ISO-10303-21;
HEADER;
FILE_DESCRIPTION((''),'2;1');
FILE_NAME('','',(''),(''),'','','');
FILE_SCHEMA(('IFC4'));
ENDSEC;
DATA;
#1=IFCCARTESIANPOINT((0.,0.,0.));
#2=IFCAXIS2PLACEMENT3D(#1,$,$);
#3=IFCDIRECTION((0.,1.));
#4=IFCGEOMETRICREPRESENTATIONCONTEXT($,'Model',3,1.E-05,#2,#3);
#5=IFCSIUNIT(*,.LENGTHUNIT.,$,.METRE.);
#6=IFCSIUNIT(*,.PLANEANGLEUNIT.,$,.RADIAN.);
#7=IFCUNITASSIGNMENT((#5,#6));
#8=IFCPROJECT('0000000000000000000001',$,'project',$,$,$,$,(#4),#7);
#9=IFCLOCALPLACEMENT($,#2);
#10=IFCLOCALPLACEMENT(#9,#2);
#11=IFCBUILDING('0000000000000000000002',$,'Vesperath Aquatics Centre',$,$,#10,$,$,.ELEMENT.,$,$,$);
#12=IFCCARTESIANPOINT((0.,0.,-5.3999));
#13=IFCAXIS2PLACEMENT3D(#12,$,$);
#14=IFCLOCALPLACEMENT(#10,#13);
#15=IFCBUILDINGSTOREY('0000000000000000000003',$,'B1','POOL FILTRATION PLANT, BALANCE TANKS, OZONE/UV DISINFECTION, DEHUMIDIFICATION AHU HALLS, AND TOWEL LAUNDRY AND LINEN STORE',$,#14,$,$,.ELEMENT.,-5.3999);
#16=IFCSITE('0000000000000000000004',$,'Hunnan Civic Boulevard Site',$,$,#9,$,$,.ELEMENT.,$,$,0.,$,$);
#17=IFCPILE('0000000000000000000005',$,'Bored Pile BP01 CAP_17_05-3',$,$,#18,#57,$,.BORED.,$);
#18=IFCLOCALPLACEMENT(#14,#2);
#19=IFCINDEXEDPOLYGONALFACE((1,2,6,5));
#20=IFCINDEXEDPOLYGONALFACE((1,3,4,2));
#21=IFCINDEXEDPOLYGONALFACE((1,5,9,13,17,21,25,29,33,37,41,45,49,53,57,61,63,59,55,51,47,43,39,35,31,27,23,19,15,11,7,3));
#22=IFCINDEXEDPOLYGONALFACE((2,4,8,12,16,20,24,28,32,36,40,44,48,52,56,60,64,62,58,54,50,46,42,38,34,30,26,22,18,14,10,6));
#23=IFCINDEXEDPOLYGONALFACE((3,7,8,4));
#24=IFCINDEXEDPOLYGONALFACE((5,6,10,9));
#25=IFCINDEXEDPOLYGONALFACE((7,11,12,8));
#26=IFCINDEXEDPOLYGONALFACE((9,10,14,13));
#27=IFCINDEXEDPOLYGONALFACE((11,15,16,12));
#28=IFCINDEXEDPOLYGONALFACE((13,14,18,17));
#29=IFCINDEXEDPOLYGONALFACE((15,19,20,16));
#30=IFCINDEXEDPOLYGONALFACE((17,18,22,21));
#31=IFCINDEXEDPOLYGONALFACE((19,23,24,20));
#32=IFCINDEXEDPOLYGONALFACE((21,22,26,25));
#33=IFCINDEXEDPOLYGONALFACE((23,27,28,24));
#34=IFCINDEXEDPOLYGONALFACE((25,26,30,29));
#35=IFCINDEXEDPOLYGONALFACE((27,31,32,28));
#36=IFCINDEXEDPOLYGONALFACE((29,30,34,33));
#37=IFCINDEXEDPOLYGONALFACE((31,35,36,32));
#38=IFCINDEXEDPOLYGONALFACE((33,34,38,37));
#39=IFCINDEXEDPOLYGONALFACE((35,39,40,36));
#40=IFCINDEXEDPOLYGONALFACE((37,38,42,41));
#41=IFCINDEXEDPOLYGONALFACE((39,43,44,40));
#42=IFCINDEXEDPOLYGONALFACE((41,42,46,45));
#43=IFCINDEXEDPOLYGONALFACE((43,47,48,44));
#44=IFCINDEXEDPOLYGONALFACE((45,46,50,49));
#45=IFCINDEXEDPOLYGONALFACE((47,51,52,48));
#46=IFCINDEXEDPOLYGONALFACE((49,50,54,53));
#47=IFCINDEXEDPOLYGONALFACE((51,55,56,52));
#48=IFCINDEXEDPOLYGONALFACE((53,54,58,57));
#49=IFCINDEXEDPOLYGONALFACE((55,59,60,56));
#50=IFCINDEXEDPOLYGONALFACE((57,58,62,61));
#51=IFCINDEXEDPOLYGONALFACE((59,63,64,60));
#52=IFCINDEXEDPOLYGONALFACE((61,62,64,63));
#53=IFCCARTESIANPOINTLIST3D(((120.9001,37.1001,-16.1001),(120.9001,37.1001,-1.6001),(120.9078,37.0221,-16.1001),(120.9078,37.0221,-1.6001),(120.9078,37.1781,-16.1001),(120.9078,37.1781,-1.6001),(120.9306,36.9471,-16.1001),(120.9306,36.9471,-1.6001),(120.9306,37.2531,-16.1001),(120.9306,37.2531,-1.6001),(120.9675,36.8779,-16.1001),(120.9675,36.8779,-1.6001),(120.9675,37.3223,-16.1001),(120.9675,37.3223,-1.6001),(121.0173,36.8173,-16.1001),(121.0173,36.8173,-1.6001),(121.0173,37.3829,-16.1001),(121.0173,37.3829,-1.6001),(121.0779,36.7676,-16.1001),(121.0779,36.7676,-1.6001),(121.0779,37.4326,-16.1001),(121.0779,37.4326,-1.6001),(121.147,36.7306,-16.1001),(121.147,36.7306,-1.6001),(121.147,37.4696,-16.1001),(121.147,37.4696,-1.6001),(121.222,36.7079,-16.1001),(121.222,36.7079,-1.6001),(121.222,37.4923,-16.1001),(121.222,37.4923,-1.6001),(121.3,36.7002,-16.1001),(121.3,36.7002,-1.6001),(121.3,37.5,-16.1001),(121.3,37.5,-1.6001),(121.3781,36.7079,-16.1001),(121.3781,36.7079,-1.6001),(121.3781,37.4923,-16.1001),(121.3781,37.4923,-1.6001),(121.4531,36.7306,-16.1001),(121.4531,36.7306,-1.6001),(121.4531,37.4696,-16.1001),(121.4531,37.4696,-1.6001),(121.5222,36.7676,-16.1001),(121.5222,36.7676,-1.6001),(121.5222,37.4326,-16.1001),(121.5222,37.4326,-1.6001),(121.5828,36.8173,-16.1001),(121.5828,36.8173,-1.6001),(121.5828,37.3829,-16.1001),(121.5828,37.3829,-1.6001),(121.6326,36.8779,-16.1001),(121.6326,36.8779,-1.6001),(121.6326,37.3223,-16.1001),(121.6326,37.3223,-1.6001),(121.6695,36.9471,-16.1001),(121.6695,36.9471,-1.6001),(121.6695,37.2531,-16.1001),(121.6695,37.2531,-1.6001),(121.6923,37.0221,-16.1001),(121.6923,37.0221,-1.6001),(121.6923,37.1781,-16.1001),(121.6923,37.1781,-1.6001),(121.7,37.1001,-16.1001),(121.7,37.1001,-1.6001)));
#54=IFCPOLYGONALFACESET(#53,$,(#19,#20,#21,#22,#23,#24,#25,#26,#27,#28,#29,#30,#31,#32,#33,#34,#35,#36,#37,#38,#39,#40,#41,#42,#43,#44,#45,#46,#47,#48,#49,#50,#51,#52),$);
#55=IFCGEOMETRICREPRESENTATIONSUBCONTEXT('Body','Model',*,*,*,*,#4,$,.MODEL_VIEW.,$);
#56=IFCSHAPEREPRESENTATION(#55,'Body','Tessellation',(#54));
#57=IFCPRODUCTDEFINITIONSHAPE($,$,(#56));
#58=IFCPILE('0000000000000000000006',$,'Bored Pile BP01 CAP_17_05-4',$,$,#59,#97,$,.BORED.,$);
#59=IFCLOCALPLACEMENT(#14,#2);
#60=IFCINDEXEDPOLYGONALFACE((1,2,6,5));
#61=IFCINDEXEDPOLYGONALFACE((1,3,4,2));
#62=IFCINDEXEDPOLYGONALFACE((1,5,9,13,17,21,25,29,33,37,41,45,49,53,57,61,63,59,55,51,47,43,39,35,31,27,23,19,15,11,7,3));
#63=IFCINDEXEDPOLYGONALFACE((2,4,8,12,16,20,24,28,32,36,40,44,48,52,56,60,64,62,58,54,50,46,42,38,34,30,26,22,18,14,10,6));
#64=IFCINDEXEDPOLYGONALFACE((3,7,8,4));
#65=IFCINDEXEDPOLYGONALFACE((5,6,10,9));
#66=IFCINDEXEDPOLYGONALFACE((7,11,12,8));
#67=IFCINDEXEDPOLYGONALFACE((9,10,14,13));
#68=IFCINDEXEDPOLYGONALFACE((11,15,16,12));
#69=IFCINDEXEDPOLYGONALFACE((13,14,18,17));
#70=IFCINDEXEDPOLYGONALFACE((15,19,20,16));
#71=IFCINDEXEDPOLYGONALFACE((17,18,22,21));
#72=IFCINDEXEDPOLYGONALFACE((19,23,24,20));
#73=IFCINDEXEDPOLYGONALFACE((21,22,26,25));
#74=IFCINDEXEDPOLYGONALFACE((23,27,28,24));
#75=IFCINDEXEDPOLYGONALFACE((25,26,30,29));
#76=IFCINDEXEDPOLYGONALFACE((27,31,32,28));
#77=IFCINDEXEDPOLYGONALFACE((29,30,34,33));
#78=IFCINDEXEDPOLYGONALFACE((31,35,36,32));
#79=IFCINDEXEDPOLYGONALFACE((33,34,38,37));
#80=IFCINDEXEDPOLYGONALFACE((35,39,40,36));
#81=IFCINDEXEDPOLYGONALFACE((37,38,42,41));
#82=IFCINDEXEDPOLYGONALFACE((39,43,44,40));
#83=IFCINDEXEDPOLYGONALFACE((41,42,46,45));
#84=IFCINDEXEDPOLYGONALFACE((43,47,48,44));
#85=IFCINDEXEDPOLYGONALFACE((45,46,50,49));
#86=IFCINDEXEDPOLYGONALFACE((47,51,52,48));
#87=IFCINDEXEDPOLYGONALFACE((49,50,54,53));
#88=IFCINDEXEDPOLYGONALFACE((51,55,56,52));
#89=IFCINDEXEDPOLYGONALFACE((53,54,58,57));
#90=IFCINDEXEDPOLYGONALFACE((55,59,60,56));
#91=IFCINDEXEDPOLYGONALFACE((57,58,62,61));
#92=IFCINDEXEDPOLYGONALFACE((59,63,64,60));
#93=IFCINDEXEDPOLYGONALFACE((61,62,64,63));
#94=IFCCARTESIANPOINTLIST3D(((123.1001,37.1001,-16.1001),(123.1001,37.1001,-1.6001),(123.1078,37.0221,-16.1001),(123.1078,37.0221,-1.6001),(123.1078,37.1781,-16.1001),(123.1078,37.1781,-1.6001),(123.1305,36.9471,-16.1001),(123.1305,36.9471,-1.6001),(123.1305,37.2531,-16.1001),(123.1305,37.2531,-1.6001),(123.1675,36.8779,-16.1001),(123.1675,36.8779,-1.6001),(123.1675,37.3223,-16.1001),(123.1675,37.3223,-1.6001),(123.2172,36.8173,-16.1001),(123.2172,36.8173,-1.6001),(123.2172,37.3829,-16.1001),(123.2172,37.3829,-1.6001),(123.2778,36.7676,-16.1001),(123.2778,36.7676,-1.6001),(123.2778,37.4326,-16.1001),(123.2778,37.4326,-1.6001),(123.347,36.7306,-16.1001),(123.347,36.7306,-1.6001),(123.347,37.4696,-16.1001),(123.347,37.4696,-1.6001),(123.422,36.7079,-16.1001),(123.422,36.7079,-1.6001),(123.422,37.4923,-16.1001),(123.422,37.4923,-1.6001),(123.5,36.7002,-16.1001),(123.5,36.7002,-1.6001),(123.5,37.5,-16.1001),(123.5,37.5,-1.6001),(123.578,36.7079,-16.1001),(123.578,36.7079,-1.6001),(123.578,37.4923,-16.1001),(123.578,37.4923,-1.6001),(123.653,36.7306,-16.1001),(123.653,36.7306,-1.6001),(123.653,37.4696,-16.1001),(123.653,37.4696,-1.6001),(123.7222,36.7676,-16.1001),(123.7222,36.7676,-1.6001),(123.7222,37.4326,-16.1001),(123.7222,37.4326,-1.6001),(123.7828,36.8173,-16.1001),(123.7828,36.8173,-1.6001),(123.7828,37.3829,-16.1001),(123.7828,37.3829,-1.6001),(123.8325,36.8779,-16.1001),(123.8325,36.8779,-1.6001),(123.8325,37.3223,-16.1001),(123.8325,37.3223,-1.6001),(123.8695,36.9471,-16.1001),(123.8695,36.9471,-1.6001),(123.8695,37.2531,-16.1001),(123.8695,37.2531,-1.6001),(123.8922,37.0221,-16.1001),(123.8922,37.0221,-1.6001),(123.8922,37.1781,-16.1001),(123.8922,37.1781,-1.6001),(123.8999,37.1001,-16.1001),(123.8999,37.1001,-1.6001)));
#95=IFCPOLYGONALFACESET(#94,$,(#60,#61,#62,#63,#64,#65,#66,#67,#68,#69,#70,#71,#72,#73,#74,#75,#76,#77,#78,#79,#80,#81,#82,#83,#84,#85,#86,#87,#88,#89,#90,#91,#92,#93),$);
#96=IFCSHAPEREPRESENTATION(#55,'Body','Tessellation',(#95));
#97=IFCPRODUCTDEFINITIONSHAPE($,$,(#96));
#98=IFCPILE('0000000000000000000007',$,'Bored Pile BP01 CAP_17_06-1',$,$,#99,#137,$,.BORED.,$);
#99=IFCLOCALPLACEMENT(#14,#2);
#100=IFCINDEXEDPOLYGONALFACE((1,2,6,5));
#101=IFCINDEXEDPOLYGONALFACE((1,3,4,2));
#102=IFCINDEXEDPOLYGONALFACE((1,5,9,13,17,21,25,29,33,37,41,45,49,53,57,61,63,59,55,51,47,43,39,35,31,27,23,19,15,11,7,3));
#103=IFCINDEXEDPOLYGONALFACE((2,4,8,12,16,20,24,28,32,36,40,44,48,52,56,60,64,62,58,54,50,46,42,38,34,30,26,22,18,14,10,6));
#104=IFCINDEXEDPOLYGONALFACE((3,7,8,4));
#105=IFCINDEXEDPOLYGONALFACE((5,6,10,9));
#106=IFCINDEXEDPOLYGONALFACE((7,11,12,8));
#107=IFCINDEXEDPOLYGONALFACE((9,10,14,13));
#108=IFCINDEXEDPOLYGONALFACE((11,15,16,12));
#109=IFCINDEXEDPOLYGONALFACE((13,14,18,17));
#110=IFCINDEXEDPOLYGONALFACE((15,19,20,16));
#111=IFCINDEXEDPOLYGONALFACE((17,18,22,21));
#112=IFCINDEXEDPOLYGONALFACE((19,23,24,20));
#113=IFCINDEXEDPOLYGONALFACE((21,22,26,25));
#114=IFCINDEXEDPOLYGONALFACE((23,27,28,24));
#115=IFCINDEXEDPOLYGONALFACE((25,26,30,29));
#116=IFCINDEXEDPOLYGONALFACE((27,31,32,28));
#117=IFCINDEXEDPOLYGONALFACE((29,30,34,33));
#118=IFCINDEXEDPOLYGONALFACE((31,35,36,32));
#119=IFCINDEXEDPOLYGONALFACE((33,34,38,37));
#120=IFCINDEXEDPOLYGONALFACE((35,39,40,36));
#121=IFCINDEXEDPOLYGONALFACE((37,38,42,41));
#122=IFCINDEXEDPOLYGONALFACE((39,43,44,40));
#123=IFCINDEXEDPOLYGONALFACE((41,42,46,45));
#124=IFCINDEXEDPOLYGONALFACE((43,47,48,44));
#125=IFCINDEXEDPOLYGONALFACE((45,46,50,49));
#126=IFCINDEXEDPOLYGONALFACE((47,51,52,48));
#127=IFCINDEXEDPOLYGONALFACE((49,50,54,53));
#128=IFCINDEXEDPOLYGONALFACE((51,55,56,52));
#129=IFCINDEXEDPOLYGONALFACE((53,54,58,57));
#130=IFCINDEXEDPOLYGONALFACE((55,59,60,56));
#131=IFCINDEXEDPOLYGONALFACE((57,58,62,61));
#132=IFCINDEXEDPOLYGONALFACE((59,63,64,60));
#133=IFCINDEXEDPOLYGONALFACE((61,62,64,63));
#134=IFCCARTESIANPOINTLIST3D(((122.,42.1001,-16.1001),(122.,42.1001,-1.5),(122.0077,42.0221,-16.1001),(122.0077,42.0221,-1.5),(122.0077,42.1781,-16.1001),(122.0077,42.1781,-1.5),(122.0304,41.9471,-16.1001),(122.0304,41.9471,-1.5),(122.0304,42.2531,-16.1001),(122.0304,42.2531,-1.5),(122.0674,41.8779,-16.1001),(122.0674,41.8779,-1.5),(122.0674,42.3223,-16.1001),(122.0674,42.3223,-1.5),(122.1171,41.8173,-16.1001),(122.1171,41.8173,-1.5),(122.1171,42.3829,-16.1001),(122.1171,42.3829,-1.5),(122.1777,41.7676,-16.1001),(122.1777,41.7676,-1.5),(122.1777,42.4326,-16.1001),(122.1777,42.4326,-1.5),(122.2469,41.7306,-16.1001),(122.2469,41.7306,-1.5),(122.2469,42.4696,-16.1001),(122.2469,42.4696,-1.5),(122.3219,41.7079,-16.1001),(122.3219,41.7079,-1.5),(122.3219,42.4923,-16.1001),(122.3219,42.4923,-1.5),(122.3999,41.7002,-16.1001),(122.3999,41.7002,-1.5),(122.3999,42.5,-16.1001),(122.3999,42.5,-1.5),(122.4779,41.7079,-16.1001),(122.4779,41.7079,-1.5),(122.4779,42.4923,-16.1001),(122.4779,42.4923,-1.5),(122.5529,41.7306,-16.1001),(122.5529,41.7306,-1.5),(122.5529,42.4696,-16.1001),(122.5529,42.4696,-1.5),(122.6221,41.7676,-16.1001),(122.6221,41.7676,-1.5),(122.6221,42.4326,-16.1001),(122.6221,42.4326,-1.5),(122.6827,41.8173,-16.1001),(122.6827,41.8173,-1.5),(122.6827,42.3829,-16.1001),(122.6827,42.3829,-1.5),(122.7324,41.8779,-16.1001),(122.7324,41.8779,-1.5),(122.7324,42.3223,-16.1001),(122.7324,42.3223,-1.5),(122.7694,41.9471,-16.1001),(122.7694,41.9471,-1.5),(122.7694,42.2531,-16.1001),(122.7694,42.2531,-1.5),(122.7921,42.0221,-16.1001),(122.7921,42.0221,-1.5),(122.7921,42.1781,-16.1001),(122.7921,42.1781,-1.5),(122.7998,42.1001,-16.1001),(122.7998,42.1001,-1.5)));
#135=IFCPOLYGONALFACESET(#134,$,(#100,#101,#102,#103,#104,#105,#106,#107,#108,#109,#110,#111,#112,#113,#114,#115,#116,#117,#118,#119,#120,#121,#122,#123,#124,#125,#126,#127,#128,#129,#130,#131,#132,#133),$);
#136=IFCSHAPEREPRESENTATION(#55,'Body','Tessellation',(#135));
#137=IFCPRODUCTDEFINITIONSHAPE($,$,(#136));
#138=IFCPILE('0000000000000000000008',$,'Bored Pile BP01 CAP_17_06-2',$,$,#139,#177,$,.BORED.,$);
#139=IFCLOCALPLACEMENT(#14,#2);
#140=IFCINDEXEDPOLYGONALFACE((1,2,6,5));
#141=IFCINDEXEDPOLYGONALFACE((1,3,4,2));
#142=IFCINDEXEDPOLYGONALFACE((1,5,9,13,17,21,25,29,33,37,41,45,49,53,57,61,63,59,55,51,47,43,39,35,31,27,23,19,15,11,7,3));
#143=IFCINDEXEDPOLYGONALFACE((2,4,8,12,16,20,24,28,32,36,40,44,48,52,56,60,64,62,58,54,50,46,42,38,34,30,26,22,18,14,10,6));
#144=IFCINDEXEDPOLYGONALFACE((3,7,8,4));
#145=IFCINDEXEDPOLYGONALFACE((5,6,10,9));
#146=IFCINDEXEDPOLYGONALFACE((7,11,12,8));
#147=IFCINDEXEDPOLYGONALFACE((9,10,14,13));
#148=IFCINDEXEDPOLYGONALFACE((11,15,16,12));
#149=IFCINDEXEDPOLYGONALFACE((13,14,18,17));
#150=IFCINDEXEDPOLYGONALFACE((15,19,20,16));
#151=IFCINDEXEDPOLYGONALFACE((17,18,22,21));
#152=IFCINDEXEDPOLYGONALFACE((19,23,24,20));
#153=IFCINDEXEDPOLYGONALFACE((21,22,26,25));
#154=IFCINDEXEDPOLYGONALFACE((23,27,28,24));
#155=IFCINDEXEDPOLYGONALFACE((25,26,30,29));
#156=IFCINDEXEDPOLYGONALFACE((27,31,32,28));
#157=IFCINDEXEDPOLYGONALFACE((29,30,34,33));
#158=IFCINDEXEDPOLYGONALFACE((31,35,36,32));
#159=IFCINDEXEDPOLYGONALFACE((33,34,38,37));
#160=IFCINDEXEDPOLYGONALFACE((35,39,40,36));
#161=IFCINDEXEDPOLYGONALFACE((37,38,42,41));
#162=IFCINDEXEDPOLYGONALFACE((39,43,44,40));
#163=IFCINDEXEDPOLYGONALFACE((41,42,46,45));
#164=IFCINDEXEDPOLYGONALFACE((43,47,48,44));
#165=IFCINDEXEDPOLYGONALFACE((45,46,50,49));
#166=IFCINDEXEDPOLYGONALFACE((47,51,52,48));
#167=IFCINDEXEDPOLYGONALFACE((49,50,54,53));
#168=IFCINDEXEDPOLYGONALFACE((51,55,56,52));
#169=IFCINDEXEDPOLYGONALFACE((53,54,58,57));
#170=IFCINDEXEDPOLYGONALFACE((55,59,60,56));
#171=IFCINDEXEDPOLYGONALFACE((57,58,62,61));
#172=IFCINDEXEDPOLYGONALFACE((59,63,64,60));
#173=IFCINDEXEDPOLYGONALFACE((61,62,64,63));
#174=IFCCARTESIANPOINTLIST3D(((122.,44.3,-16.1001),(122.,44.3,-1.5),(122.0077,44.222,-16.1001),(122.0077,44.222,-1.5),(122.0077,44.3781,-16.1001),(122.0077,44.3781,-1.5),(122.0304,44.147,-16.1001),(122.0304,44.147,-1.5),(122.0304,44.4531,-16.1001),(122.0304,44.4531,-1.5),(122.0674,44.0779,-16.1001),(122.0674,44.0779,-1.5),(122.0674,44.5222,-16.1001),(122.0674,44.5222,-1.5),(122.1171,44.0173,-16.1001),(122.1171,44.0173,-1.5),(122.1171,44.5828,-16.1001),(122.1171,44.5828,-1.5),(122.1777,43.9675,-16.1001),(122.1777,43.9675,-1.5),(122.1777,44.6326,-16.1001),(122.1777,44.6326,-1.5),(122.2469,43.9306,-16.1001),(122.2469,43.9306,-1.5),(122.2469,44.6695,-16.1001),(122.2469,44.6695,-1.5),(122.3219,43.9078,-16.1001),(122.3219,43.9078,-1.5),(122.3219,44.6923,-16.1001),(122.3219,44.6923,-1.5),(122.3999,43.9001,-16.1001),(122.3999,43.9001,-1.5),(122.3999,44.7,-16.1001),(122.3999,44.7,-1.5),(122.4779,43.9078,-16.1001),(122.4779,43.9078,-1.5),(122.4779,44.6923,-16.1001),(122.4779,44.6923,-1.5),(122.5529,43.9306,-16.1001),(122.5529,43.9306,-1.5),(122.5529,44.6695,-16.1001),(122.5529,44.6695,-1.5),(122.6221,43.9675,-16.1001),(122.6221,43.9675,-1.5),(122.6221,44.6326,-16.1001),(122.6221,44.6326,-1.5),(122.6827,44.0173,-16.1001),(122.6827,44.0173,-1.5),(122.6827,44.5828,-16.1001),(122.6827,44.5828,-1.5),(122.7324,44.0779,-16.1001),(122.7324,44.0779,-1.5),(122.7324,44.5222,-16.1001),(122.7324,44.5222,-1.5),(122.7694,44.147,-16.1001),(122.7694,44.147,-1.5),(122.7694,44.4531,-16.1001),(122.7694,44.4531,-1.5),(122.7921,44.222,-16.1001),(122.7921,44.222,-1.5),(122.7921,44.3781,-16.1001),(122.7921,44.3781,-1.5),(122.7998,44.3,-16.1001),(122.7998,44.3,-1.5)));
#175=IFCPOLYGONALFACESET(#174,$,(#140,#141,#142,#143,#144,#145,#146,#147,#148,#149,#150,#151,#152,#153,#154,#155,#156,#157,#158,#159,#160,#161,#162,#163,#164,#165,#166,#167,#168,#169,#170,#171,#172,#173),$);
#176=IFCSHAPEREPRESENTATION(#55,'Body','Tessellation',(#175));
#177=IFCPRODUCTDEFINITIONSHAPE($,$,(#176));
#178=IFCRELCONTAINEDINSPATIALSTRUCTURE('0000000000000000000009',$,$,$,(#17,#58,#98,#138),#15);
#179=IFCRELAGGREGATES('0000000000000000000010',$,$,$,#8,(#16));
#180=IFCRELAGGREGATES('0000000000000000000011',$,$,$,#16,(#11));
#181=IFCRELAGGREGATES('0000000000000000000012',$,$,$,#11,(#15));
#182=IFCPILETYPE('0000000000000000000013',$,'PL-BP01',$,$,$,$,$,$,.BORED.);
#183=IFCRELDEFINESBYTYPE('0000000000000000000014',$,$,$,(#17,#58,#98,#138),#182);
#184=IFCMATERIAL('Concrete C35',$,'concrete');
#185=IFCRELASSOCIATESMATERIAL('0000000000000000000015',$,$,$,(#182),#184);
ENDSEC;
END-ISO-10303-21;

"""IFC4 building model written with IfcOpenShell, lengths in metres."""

from ifc_helpers import new_model, si_unit, direction, frame, origin, origin_2d, place, context, subcontext, project, spatial, circle, extrude, material, material_profile, profile_set, type_object, element, save


model = new_model("IFC4")

# Units and contexts
model_context = context("Model", 3, precision=1e-05, world=origin(), true_north=direction((0.0, 1.0)))
body_context = subcontext(model_context, "Body", "Model", "MODEL_VIEW")
ifc_project = project(units=[si_unit("LENGTHUNIT", "METRE"), si_unit("PLANEANGLEUNIT", "RADIAN")], contexts=[model_context])

# Site, building, storey
site_placement = place(None, origin())
site = spatial("IfcSite", under=ifc_project, at=site_placement, Name="Hunnan Civic Boulevard Site", CompositionType="ELEMENT", RefElevation=0.0)
building_placement = place(site_placement, origin())
building = spatial("IfcBuilding", under=site, at=building_placement, Name="Vesperath Aquatics Centre", CompositionType="ELEMENT")
storey_placement = place(building_placement, frame((0.0, 0.0, -5.3999)))
storey = spatial("IfcBuildingStorey", under=building, at=storey_placement, Name="B1", Description="POOL FILTRATION PLANT, BALANCE TANKS, OZONE/UV DISINFECTION, DEHUMIDIFICATION AHU HALLS, AND TOWEL LAUNDRY AND LINEN STORE", CompositionType="ELEMENT", Elevation=-5.3999)

# Piles
ifc_material_1 = material(Name="Concrete C35", Category="concrete")
ifc_material_profile_1 = material_profile(ifc_material_1, circle(Radius=0.3999, at=origin_2d()), Name="PILE D800")
ifc_profile_set_1 = profile_set([ifc_material_profile_1], Name="Concrete C35")
pile_type = type_object("IfcPileType", Name="PL-BP01", PredefinedType="BORED", material=ifc_profile_set_1)
for number, where, z_axis, x_axis, name in (
    (1, (121.3, 37.1001, -1.6001), (0.0, 0.0, -1.0), (1.0, 0.0, 0.0), "Bored Pile BP01 CAP_17_05-3"),
    (2, (123.5, 37.1001, -1.6001), (0.0, 0.0, -1.0), (1.0, 0.0, 0.0), "Bored Pile BP01 CAP_17_05-4"),
):
    element("IfcPile", number, at=place(storey_placement, frame(where, z_axis=z_axis, x_axis=x_axis)), inside=storey, type_object=pile_type, Name=name, PredefinedType="BORED", context=body_context, shape_type="SweptSolid", body=[
        extrude(circle(Radius=0.3999, at=origin_2d()), origin(), (0.0, 0.0, 1.0), 14.5),
    ])
for number, where, z_axis, x_axis, name in (
    (3, (122.3999, 42.1001, -1.5), (0.0, 0.0, -1.0), (1.0, 0.0, 0.0), "Bored Pile BP01 CAP_17_06-1"),
    (4, (122.3999, 44.3, -1.5), (0.0, 0.0, -1.0), (1.0, 0.0, 0.0), "Bored Pile BP01 CAP_17_06-2"),
):
    element("IfcPile", number, at=place(storey_placement, frame(where, z_axis=z_axis, x_axis=x_axis)), inside=storey, type_object=pile_type, Name=name, PredefinedType="BORED", context=body_context, shape_type="SweptSolid", body=[
        extrude(circle(Radius=0.3999, at=origin_2d()), origin(), (0.0, 0.0, 1.0), 14.6001),
    ])

save(model, "model.ifc")
